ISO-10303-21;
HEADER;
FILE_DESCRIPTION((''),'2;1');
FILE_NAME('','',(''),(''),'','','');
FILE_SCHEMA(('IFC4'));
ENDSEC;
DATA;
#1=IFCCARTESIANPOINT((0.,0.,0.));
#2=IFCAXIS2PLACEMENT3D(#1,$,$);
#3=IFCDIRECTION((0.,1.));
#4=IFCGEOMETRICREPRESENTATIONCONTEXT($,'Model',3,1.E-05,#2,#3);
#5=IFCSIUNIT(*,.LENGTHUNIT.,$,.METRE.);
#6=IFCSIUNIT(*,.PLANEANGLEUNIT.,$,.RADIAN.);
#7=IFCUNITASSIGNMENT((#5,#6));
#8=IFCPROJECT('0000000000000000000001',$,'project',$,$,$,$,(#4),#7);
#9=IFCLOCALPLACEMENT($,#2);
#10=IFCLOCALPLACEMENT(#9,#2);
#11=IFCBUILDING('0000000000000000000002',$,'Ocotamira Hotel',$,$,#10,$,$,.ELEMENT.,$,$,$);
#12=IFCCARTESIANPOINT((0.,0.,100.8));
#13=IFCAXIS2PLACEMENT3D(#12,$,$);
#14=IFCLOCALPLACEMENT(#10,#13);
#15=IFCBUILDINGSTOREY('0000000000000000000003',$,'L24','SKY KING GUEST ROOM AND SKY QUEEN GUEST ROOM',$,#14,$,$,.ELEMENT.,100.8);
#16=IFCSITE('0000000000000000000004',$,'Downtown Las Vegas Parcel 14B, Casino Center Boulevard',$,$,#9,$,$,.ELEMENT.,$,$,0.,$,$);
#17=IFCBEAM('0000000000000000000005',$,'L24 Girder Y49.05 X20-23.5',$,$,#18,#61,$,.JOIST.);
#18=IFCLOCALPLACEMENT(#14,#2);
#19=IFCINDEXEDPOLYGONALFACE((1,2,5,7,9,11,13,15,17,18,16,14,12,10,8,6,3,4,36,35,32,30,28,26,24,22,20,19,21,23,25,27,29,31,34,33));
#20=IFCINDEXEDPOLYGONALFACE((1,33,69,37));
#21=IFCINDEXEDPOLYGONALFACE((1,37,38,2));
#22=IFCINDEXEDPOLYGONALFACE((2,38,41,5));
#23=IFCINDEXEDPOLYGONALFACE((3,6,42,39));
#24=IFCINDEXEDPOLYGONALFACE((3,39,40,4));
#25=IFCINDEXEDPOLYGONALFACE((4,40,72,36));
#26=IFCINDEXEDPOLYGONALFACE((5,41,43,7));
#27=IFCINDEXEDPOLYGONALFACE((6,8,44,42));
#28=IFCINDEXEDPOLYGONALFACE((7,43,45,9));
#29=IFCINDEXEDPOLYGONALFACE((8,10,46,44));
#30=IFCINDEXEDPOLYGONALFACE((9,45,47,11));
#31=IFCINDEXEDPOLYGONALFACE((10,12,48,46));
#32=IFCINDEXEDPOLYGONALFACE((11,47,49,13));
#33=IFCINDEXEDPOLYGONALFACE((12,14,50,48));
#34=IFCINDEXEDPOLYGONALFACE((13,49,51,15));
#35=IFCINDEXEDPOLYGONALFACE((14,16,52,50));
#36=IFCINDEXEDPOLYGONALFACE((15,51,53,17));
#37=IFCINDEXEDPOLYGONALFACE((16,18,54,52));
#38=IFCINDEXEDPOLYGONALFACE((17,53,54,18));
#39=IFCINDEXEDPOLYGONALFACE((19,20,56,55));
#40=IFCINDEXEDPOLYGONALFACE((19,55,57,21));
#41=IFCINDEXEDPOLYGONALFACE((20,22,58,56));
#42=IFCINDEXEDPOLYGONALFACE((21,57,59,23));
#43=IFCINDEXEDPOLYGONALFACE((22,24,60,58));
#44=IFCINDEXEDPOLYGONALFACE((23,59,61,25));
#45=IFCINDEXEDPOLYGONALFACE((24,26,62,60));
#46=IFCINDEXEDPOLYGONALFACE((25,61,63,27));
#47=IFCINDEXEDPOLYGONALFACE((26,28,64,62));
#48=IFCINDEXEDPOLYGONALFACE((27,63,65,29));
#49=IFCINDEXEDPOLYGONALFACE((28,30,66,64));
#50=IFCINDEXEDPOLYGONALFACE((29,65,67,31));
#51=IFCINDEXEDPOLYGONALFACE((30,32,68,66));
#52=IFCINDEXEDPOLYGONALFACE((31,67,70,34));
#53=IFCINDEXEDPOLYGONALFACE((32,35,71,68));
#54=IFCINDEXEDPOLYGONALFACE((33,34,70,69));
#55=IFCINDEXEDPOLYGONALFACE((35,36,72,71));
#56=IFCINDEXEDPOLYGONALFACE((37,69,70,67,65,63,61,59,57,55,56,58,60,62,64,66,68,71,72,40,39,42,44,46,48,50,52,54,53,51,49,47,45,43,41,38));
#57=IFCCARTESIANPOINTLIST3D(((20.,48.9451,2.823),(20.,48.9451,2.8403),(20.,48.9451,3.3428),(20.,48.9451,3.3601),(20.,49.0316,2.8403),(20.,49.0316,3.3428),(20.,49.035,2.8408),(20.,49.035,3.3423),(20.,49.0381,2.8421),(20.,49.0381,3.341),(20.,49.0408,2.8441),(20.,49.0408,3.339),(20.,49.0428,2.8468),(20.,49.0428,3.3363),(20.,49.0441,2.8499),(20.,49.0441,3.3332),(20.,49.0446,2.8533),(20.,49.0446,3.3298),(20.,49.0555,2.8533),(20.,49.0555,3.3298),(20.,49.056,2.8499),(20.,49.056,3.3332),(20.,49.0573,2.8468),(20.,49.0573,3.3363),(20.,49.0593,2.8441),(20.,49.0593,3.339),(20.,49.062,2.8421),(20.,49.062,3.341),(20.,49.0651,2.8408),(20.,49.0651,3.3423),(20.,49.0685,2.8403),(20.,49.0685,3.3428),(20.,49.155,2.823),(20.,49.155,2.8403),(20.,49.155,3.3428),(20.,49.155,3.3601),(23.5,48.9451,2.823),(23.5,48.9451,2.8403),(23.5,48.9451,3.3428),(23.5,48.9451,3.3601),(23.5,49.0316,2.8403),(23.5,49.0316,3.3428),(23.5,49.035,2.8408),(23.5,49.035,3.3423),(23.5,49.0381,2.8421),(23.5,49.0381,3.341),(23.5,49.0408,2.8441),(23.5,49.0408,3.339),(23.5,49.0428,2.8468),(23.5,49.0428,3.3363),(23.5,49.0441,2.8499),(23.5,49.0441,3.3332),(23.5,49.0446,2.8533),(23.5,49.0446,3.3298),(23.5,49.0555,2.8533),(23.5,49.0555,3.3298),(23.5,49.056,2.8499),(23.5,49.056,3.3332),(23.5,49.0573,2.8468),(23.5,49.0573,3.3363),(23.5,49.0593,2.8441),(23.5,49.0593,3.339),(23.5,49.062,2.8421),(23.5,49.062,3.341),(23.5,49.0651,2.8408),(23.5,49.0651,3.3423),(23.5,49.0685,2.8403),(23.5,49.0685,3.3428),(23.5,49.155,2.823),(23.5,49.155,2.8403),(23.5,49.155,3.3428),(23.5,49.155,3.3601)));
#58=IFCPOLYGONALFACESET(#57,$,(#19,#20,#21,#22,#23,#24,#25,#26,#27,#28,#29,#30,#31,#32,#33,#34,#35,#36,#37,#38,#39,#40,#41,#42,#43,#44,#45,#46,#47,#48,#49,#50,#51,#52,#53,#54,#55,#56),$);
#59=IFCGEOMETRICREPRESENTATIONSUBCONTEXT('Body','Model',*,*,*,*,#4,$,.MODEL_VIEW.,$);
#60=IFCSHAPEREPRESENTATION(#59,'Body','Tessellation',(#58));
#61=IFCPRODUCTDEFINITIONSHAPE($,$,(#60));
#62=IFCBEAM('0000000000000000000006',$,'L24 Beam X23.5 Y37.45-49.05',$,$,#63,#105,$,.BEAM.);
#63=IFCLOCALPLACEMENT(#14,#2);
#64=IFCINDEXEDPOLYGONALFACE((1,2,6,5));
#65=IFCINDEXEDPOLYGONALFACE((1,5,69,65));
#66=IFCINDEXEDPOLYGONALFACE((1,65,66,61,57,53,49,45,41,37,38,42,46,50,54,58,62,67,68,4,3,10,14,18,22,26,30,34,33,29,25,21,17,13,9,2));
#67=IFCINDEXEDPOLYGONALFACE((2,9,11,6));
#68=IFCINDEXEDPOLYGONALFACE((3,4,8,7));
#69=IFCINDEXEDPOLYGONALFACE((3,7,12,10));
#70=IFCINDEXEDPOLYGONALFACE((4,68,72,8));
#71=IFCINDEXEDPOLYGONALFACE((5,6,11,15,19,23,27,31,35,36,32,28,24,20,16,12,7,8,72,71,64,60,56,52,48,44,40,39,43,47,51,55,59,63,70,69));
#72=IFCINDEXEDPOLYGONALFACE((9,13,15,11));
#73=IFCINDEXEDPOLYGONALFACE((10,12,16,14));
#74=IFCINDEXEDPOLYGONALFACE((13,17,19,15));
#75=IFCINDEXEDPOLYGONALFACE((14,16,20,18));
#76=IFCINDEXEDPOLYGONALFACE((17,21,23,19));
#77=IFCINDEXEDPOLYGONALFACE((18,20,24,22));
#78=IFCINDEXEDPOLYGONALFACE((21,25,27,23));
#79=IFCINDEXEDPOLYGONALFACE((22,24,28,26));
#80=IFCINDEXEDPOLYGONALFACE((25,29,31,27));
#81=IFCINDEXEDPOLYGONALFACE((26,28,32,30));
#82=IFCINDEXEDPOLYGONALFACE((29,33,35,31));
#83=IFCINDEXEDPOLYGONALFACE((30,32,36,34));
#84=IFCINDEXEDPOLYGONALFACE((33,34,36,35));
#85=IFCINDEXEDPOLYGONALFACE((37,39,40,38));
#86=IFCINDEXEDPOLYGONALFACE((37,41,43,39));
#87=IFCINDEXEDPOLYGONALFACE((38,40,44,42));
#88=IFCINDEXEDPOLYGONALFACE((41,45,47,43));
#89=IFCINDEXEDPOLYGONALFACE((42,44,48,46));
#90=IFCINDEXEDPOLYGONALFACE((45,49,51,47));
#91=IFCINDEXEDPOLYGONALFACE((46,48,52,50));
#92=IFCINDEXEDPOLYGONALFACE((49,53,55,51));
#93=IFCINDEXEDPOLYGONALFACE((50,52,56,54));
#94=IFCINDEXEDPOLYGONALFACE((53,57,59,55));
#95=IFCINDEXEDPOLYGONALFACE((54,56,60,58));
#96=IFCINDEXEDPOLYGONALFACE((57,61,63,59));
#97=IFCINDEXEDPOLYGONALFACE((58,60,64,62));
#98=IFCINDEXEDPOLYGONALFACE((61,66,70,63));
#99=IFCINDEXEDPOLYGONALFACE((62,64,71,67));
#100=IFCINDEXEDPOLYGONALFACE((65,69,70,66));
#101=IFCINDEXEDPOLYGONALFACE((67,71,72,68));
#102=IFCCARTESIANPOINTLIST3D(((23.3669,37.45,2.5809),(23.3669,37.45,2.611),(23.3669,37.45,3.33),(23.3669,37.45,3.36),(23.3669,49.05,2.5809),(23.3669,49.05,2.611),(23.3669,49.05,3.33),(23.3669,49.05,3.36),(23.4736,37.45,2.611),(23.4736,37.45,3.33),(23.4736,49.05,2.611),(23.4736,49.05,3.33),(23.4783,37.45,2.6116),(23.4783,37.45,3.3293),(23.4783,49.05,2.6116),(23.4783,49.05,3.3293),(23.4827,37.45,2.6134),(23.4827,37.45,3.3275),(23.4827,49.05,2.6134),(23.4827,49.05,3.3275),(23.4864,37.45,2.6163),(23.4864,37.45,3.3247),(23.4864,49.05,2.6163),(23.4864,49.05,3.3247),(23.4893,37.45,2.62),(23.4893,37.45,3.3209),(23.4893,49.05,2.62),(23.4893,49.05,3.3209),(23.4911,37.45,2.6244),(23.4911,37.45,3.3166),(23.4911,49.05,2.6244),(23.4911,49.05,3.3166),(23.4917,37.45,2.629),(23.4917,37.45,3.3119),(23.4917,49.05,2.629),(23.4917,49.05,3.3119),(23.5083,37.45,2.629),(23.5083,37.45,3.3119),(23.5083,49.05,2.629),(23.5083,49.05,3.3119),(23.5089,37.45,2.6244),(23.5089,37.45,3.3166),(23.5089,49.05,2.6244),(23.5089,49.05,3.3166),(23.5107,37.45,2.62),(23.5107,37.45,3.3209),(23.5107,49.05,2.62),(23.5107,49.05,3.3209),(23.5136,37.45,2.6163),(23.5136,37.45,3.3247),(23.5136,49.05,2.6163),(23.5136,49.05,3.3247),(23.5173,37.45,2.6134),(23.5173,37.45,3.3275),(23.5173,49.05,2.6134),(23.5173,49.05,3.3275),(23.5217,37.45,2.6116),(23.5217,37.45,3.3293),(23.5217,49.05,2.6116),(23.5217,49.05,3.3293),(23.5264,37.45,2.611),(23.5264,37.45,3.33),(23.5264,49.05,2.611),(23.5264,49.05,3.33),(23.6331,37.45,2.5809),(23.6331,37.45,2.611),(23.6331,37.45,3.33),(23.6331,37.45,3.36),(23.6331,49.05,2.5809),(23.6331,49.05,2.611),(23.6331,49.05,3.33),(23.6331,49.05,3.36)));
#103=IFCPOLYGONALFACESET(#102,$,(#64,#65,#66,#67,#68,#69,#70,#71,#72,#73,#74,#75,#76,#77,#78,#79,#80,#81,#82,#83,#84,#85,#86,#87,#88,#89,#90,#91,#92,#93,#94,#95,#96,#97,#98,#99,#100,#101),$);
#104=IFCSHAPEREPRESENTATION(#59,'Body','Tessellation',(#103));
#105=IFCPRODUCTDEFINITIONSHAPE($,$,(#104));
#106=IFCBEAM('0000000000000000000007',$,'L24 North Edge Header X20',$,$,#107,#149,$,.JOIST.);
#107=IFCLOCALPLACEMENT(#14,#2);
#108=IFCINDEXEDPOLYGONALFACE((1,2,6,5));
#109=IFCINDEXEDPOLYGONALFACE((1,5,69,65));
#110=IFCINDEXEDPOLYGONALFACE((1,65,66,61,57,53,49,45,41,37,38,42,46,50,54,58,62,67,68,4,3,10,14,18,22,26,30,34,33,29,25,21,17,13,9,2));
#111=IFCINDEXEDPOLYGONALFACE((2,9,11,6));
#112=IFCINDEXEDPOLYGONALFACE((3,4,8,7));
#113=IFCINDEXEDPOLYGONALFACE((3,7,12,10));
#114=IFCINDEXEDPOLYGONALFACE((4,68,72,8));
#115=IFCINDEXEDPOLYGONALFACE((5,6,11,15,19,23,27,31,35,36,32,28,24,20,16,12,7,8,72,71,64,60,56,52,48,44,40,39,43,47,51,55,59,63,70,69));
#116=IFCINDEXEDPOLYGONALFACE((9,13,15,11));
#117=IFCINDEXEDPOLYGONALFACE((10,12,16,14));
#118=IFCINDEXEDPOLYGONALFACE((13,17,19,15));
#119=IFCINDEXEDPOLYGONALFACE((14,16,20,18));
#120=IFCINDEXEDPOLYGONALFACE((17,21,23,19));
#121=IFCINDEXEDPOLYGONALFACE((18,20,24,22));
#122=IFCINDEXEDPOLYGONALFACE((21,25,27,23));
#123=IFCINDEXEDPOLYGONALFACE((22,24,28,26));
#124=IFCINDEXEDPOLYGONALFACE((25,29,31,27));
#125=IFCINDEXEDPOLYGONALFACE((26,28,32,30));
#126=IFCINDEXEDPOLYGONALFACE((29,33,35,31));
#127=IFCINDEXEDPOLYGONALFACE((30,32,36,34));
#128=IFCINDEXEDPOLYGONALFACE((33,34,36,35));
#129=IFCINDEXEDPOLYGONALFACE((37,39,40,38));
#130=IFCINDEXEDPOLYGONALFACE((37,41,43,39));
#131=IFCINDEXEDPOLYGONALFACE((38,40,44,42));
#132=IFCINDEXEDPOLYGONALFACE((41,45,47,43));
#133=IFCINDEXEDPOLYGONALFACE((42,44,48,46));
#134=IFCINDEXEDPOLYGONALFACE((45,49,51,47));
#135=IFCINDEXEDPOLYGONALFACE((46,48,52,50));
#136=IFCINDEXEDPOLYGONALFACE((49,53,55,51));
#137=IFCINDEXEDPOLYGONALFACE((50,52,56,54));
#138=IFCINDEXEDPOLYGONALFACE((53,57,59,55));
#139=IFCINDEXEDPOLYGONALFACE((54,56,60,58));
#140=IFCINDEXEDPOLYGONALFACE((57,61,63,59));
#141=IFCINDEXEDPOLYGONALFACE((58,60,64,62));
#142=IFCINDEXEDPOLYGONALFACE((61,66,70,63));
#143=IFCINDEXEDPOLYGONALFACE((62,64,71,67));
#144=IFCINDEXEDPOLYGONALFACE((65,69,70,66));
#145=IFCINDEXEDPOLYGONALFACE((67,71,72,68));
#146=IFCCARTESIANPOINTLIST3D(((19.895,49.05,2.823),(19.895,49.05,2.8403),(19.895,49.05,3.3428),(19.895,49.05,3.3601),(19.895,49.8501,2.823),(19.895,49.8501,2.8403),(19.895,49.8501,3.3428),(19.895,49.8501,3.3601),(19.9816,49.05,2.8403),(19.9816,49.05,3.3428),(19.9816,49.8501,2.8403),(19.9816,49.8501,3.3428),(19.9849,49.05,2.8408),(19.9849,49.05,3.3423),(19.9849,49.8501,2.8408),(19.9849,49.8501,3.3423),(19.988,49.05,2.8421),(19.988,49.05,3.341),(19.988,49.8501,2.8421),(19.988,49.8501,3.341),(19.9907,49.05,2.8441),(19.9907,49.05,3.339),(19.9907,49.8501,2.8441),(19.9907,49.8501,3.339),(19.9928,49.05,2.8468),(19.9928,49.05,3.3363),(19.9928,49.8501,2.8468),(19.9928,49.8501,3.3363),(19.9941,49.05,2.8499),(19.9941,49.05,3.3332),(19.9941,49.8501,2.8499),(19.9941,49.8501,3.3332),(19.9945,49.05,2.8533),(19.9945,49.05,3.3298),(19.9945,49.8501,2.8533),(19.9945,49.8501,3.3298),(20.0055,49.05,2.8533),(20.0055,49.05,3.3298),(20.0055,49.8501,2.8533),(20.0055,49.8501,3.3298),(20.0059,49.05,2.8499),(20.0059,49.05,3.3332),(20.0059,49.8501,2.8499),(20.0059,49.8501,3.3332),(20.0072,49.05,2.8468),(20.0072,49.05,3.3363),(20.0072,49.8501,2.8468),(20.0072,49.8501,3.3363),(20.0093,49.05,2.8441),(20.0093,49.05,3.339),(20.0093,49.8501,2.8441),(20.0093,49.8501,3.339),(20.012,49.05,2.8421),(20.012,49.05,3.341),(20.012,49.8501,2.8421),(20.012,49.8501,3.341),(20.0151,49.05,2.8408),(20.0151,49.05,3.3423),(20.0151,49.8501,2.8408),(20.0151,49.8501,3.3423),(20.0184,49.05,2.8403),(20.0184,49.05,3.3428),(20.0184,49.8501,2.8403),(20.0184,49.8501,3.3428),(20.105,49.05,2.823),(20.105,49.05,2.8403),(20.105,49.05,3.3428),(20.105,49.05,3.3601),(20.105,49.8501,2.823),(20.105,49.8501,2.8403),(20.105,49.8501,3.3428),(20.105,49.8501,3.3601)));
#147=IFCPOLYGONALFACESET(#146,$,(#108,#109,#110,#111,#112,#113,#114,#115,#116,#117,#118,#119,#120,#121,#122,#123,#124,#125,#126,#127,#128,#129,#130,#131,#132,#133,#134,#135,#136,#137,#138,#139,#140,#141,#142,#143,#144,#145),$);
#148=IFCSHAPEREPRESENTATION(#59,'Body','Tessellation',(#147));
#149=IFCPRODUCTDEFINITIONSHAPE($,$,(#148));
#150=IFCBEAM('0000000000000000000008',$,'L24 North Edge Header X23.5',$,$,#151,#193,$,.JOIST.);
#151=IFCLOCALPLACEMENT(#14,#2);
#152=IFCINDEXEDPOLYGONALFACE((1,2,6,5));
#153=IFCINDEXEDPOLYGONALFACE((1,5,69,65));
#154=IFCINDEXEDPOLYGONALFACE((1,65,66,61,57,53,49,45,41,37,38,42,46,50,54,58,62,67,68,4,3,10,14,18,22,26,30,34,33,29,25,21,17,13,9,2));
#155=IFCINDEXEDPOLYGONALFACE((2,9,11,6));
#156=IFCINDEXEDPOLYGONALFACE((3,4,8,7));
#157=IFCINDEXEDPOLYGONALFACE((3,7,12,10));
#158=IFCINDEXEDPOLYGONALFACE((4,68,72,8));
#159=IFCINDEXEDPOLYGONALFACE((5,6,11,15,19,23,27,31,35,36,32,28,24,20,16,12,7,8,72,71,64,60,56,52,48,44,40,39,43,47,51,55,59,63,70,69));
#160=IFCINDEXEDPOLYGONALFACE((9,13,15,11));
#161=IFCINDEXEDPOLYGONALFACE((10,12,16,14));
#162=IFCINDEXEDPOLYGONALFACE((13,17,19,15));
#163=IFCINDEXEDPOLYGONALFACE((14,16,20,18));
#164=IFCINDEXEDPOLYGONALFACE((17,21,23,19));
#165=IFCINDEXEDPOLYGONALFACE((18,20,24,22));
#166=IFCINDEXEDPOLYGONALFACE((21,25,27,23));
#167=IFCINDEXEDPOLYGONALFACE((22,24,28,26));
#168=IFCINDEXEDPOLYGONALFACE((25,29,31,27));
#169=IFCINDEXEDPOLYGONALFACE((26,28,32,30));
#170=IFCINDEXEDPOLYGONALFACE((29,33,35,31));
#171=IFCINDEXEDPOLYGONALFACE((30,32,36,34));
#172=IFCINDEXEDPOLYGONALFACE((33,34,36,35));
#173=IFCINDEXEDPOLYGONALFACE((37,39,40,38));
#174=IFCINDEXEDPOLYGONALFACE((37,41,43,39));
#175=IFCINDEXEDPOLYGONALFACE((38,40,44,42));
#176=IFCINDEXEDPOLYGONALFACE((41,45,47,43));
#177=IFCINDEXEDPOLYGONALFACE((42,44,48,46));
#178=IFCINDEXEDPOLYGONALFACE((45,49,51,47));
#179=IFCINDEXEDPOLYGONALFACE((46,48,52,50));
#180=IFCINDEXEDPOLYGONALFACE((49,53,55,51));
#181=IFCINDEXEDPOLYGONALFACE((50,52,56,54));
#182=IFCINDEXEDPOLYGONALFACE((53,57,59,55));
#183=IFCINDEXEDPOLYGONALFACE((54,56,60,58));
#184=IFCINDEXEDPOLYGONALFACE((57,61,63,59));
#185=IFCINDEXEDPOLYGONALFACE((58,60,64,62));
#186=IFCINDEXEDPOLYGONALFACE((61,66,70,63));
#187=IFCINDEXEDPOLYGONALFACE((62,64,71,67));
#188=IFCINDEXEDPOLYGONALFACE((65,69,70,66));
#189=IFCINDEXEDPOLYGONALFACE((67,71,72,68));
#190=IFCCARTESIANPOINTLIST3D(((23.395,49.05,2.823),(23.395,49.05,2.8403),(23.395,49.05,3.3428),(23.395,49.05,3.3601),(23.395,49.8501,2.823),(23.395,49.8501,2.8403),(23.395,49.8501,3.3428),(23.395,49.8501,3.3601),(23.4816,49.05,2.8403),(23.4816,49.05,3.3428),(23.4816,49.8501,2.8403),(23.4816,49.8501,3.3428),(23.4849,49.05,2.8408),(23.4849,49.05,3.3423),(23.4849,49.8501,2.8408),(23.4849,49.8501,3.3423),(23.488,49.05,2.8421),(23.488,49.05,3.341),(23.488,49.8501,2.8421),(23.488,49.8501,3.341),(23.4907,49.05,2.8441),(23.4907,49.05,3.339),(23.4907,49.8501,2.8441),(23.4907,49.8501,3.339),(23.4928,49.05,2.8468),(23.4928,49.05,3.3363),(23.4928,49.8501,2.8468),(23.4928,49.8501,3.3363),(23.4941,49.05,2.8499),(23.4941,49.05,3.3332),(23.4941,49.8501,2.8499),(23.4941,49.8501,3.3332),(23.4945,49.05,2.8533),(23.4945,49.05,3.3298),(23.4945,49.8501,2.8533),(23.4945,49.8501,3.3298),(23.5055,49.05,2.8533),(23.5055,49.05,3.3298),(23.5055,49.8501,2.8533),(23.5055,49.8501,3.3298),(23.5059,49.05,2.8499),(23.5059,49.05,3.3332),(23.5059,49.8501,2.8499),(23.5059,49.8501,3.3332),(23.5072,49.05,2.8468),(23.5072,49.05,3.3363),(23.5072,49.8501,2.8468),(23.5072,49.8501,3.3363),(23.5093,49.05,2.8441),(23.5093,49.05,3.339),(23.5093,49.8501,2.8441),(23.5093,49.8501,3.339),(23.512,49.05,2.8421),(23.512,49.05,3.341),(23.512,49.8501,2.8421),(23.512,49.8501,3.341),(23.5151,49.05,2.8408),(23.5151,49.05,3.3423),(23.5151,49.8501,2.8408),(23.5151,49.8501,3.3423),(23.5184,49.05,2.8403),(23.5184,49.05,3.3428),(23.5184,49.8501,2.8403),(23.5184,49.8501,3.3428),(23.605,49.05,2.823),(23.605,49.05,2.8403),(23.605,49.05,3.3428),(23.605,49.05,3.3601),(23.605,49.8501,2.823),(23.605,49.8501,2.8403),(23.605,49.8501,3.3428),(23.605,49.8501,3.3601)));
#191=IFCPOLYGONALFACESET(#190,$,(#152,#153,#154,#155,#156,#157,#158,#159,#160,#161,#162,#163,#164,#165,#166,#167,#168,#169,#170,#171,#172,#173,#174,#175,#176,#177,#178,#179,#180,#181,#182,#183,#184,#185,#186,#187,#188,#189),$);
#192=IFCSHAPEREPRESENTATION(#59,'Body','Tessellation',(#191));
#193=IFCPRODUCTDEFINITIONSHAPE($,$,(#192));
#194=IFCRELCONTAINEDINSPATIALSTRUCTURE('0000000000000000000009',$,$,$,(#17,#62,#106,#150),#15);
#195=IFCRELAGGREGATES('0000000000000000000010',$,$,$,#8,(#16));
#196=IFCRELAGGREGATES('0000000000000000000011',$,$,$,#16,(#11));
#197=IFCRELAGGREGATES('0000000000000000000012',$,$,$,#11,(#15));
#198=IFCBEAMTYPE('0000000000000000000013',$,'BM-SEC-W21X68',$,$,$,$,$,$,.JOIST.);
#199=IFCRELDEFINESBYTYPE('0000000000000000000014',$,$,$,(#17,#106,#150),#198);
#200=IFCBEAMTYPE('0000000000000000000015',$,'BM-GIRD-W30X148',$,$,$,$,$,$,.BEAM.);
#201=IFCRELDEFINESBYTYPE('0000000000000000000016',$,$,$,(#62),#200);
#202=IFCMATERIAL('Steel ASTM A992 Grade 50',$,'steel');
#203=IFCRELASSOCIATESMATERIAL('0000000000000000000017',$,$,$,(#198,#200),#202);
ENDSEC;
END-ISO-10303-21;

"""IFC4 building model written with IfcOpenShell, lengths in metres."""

from ifc_helpers import new_model, si_unit, direction, frame, origin, origin_2d, place, context, subcontext, project, spatial, i_section, extrude, source, transform, mapped, material, material_profile, profile_set, type_object, element, save


model = new_model("IFC4")

# Units and contexts
model_context = context("Model", 3, precision=1e-05, world=origin(), true_north=direction((0.0, 1.0)))
body_context = subcontext(model_context, "Body", "Model", "MODEL_VIEW")
ifc_project = project(units=[si_unit("LENGTHUNIT", "METRE"), si_unit("PLANEANGLEUNIT", "RADIAN")], contexts=[model_context])

# Site, building, storey
site_placement = place(None, origin())
site = spatial("IfcSite", under=ifc_project, at=site_placement, Name="Downtown Las Vegas Parcel 14B, Casino Center Boulevard", CompositionType="ELEMENT", RefElevation=0.0)
building_placement = place(site_placement, origin())
building = spatial("IfcBuilding", under=site, at=building_placement, Name="Ocotamira Hotel", CompositionType="ELEMENT")
storey_placement = place(building_placement, frame((0.0, 0.0, 100.8)))
storey = spatial("IfcBuildingStorey", under=building, at=storey_placement, Name="L24", Description="SKY KING GUEST ROOM AND SKY QUEEN GUEST ROOM", CompositionType="ELEMENT", Elevation=100.8)

# Beams
ifc_material_1 = material(Name="Steel ASTM A992 Grade 50", Category="steel")
ifc_material_profile_1 = material_profile(ifc_material_1, i_section(OverallWidth=0.21, OverallDepth=0.5371, WebThickness=0.011, FlangeThickness=0.0173, FilletRadius=0.0129, at=origin_2d()), Name="W21X68")
ifc_profile_set_1 = profile_set([ifc_material_profile_1], Name="Steel ASTM A992 Grade 50")
beam_type_1 = type_object("IfcBeamType", Name="BM-SEC-W21X68", PredefinedType="JOIST", material=ifc_profile_set_1)
shared_shape_1 = source(origin(), body_context, "Body", "SweptSolid", [
    extrude(i_section(OverallWidth=0.21, OverallDepth=0.5371, WebThickness=0.011, FlangeThickness=0.0173, FilletRadius=0.0129, at=origin_2d()), origin(), (0.0, 0.0, 1.0), 3.5),
])
beam_1_placement = place(storey_placement, frame((20.0, 49.05, 3.0916), z_axis=(1.0, 0.0, 0.0), x_axis=(0.0, 1.0, 0.0)))
element("IfcBeam", 1, at=beam_1_placement, inside=storey, type_object=beam_type_1, Name="L24 Girder Y49.05 X20-23.5", PredefinedType="JOIST", context=body_context, shape_type="MappedRepresentation", body=[
    mapped(shared_shape_1, transform((0.0, 0.0, 0.0), scale=1.0)),
])
ifc_material_profile_2 = material_profile(ifc_material_1, i_section(OverallWidth=0.2661, OverallDepth=0.7791, WebThickness=0.0166, FlangeThickness=0.03, FilletRadius=0.0181, at=origin_2d()), Name="W30X148")
ifc_profile_set_2 = profile_set([ifc_material_profile_2], Name="Steel ASTM A992 Grade 50")
beam_type_2 = type_object("IfcBeamType", Name="BM-GIRD-W30X148", PredefinedType="BEAM", material=ifc_profile_set_2)
shared_shape_2 = source(origin(), body_context, "Body", "SweptSolid", [
    extrude(i_section(OverallWidth=0.2661, OverallDepth=0.7791, WebThickness=0.0166, FlangeThickness=0.03, FilletRadius=0.0181, at=origin_2d()), origin(), (0.0, 0.0, 1.0), 11.6001),
])
beam_2_placement = place(storey_placement, frame((23.5, 37.45, 2.9705), z_axis=(0.0, 1.0, 0.0), x_axis=(-1.0, 0.0, 0.0)))
element("IfcBeam", 2, at=beam_2_placement, inside=storey, type_object=beam_type_2, Name="L24 Beam X23.5 Y37.45-49.05", PredefinedType="BEAM", context=body_context, shape_type="MappedRepresentation", body=[
    mapped(shared_shape_2, transform((0.0, 0.0, 0.0), scale=1.0)),
])
shared_shape_3 = source(origin(), body_context, "Body", "SweptSolid", [
    extrude(i_section(OverallWidth=0.21, OverallDepth=0.5371, WebThickness=0.011, FlangeThickness=0.0173, FilletRadius=0.0129, at=origin_2d()), origin(), (0.0, 0.0, 1.0), 0.8),
])
for number, where, z_axis, x_axis, name in (
    (3, (20.0, 49.05, 3.0916), (0.0, 1.0, 0.0), (-1.0, 0.0, 0.0), "L24 North Edge Header X20"),
    (4, (23.5, 49.05, 3.0916), (0.0, 1.0, 0.0), (-1.0, 0.0, 0.0), "L24 North Edge Header X23.5"),
):
    element("IfcBeam", number, at=place(storey_placement, frame(where, z_axis=z_axis, x_axis=x_axis)), inside=storey, type_object=beam_type_1, Name=name, PredefinedType="JOIST", context=body_context, shape_type="MappedRepresentation", body=[
        mapped(shared_shape_3, transform((0.0, 0.0, 0.0), scale=1.0)),
    ])

save(model, "model.ifc")
